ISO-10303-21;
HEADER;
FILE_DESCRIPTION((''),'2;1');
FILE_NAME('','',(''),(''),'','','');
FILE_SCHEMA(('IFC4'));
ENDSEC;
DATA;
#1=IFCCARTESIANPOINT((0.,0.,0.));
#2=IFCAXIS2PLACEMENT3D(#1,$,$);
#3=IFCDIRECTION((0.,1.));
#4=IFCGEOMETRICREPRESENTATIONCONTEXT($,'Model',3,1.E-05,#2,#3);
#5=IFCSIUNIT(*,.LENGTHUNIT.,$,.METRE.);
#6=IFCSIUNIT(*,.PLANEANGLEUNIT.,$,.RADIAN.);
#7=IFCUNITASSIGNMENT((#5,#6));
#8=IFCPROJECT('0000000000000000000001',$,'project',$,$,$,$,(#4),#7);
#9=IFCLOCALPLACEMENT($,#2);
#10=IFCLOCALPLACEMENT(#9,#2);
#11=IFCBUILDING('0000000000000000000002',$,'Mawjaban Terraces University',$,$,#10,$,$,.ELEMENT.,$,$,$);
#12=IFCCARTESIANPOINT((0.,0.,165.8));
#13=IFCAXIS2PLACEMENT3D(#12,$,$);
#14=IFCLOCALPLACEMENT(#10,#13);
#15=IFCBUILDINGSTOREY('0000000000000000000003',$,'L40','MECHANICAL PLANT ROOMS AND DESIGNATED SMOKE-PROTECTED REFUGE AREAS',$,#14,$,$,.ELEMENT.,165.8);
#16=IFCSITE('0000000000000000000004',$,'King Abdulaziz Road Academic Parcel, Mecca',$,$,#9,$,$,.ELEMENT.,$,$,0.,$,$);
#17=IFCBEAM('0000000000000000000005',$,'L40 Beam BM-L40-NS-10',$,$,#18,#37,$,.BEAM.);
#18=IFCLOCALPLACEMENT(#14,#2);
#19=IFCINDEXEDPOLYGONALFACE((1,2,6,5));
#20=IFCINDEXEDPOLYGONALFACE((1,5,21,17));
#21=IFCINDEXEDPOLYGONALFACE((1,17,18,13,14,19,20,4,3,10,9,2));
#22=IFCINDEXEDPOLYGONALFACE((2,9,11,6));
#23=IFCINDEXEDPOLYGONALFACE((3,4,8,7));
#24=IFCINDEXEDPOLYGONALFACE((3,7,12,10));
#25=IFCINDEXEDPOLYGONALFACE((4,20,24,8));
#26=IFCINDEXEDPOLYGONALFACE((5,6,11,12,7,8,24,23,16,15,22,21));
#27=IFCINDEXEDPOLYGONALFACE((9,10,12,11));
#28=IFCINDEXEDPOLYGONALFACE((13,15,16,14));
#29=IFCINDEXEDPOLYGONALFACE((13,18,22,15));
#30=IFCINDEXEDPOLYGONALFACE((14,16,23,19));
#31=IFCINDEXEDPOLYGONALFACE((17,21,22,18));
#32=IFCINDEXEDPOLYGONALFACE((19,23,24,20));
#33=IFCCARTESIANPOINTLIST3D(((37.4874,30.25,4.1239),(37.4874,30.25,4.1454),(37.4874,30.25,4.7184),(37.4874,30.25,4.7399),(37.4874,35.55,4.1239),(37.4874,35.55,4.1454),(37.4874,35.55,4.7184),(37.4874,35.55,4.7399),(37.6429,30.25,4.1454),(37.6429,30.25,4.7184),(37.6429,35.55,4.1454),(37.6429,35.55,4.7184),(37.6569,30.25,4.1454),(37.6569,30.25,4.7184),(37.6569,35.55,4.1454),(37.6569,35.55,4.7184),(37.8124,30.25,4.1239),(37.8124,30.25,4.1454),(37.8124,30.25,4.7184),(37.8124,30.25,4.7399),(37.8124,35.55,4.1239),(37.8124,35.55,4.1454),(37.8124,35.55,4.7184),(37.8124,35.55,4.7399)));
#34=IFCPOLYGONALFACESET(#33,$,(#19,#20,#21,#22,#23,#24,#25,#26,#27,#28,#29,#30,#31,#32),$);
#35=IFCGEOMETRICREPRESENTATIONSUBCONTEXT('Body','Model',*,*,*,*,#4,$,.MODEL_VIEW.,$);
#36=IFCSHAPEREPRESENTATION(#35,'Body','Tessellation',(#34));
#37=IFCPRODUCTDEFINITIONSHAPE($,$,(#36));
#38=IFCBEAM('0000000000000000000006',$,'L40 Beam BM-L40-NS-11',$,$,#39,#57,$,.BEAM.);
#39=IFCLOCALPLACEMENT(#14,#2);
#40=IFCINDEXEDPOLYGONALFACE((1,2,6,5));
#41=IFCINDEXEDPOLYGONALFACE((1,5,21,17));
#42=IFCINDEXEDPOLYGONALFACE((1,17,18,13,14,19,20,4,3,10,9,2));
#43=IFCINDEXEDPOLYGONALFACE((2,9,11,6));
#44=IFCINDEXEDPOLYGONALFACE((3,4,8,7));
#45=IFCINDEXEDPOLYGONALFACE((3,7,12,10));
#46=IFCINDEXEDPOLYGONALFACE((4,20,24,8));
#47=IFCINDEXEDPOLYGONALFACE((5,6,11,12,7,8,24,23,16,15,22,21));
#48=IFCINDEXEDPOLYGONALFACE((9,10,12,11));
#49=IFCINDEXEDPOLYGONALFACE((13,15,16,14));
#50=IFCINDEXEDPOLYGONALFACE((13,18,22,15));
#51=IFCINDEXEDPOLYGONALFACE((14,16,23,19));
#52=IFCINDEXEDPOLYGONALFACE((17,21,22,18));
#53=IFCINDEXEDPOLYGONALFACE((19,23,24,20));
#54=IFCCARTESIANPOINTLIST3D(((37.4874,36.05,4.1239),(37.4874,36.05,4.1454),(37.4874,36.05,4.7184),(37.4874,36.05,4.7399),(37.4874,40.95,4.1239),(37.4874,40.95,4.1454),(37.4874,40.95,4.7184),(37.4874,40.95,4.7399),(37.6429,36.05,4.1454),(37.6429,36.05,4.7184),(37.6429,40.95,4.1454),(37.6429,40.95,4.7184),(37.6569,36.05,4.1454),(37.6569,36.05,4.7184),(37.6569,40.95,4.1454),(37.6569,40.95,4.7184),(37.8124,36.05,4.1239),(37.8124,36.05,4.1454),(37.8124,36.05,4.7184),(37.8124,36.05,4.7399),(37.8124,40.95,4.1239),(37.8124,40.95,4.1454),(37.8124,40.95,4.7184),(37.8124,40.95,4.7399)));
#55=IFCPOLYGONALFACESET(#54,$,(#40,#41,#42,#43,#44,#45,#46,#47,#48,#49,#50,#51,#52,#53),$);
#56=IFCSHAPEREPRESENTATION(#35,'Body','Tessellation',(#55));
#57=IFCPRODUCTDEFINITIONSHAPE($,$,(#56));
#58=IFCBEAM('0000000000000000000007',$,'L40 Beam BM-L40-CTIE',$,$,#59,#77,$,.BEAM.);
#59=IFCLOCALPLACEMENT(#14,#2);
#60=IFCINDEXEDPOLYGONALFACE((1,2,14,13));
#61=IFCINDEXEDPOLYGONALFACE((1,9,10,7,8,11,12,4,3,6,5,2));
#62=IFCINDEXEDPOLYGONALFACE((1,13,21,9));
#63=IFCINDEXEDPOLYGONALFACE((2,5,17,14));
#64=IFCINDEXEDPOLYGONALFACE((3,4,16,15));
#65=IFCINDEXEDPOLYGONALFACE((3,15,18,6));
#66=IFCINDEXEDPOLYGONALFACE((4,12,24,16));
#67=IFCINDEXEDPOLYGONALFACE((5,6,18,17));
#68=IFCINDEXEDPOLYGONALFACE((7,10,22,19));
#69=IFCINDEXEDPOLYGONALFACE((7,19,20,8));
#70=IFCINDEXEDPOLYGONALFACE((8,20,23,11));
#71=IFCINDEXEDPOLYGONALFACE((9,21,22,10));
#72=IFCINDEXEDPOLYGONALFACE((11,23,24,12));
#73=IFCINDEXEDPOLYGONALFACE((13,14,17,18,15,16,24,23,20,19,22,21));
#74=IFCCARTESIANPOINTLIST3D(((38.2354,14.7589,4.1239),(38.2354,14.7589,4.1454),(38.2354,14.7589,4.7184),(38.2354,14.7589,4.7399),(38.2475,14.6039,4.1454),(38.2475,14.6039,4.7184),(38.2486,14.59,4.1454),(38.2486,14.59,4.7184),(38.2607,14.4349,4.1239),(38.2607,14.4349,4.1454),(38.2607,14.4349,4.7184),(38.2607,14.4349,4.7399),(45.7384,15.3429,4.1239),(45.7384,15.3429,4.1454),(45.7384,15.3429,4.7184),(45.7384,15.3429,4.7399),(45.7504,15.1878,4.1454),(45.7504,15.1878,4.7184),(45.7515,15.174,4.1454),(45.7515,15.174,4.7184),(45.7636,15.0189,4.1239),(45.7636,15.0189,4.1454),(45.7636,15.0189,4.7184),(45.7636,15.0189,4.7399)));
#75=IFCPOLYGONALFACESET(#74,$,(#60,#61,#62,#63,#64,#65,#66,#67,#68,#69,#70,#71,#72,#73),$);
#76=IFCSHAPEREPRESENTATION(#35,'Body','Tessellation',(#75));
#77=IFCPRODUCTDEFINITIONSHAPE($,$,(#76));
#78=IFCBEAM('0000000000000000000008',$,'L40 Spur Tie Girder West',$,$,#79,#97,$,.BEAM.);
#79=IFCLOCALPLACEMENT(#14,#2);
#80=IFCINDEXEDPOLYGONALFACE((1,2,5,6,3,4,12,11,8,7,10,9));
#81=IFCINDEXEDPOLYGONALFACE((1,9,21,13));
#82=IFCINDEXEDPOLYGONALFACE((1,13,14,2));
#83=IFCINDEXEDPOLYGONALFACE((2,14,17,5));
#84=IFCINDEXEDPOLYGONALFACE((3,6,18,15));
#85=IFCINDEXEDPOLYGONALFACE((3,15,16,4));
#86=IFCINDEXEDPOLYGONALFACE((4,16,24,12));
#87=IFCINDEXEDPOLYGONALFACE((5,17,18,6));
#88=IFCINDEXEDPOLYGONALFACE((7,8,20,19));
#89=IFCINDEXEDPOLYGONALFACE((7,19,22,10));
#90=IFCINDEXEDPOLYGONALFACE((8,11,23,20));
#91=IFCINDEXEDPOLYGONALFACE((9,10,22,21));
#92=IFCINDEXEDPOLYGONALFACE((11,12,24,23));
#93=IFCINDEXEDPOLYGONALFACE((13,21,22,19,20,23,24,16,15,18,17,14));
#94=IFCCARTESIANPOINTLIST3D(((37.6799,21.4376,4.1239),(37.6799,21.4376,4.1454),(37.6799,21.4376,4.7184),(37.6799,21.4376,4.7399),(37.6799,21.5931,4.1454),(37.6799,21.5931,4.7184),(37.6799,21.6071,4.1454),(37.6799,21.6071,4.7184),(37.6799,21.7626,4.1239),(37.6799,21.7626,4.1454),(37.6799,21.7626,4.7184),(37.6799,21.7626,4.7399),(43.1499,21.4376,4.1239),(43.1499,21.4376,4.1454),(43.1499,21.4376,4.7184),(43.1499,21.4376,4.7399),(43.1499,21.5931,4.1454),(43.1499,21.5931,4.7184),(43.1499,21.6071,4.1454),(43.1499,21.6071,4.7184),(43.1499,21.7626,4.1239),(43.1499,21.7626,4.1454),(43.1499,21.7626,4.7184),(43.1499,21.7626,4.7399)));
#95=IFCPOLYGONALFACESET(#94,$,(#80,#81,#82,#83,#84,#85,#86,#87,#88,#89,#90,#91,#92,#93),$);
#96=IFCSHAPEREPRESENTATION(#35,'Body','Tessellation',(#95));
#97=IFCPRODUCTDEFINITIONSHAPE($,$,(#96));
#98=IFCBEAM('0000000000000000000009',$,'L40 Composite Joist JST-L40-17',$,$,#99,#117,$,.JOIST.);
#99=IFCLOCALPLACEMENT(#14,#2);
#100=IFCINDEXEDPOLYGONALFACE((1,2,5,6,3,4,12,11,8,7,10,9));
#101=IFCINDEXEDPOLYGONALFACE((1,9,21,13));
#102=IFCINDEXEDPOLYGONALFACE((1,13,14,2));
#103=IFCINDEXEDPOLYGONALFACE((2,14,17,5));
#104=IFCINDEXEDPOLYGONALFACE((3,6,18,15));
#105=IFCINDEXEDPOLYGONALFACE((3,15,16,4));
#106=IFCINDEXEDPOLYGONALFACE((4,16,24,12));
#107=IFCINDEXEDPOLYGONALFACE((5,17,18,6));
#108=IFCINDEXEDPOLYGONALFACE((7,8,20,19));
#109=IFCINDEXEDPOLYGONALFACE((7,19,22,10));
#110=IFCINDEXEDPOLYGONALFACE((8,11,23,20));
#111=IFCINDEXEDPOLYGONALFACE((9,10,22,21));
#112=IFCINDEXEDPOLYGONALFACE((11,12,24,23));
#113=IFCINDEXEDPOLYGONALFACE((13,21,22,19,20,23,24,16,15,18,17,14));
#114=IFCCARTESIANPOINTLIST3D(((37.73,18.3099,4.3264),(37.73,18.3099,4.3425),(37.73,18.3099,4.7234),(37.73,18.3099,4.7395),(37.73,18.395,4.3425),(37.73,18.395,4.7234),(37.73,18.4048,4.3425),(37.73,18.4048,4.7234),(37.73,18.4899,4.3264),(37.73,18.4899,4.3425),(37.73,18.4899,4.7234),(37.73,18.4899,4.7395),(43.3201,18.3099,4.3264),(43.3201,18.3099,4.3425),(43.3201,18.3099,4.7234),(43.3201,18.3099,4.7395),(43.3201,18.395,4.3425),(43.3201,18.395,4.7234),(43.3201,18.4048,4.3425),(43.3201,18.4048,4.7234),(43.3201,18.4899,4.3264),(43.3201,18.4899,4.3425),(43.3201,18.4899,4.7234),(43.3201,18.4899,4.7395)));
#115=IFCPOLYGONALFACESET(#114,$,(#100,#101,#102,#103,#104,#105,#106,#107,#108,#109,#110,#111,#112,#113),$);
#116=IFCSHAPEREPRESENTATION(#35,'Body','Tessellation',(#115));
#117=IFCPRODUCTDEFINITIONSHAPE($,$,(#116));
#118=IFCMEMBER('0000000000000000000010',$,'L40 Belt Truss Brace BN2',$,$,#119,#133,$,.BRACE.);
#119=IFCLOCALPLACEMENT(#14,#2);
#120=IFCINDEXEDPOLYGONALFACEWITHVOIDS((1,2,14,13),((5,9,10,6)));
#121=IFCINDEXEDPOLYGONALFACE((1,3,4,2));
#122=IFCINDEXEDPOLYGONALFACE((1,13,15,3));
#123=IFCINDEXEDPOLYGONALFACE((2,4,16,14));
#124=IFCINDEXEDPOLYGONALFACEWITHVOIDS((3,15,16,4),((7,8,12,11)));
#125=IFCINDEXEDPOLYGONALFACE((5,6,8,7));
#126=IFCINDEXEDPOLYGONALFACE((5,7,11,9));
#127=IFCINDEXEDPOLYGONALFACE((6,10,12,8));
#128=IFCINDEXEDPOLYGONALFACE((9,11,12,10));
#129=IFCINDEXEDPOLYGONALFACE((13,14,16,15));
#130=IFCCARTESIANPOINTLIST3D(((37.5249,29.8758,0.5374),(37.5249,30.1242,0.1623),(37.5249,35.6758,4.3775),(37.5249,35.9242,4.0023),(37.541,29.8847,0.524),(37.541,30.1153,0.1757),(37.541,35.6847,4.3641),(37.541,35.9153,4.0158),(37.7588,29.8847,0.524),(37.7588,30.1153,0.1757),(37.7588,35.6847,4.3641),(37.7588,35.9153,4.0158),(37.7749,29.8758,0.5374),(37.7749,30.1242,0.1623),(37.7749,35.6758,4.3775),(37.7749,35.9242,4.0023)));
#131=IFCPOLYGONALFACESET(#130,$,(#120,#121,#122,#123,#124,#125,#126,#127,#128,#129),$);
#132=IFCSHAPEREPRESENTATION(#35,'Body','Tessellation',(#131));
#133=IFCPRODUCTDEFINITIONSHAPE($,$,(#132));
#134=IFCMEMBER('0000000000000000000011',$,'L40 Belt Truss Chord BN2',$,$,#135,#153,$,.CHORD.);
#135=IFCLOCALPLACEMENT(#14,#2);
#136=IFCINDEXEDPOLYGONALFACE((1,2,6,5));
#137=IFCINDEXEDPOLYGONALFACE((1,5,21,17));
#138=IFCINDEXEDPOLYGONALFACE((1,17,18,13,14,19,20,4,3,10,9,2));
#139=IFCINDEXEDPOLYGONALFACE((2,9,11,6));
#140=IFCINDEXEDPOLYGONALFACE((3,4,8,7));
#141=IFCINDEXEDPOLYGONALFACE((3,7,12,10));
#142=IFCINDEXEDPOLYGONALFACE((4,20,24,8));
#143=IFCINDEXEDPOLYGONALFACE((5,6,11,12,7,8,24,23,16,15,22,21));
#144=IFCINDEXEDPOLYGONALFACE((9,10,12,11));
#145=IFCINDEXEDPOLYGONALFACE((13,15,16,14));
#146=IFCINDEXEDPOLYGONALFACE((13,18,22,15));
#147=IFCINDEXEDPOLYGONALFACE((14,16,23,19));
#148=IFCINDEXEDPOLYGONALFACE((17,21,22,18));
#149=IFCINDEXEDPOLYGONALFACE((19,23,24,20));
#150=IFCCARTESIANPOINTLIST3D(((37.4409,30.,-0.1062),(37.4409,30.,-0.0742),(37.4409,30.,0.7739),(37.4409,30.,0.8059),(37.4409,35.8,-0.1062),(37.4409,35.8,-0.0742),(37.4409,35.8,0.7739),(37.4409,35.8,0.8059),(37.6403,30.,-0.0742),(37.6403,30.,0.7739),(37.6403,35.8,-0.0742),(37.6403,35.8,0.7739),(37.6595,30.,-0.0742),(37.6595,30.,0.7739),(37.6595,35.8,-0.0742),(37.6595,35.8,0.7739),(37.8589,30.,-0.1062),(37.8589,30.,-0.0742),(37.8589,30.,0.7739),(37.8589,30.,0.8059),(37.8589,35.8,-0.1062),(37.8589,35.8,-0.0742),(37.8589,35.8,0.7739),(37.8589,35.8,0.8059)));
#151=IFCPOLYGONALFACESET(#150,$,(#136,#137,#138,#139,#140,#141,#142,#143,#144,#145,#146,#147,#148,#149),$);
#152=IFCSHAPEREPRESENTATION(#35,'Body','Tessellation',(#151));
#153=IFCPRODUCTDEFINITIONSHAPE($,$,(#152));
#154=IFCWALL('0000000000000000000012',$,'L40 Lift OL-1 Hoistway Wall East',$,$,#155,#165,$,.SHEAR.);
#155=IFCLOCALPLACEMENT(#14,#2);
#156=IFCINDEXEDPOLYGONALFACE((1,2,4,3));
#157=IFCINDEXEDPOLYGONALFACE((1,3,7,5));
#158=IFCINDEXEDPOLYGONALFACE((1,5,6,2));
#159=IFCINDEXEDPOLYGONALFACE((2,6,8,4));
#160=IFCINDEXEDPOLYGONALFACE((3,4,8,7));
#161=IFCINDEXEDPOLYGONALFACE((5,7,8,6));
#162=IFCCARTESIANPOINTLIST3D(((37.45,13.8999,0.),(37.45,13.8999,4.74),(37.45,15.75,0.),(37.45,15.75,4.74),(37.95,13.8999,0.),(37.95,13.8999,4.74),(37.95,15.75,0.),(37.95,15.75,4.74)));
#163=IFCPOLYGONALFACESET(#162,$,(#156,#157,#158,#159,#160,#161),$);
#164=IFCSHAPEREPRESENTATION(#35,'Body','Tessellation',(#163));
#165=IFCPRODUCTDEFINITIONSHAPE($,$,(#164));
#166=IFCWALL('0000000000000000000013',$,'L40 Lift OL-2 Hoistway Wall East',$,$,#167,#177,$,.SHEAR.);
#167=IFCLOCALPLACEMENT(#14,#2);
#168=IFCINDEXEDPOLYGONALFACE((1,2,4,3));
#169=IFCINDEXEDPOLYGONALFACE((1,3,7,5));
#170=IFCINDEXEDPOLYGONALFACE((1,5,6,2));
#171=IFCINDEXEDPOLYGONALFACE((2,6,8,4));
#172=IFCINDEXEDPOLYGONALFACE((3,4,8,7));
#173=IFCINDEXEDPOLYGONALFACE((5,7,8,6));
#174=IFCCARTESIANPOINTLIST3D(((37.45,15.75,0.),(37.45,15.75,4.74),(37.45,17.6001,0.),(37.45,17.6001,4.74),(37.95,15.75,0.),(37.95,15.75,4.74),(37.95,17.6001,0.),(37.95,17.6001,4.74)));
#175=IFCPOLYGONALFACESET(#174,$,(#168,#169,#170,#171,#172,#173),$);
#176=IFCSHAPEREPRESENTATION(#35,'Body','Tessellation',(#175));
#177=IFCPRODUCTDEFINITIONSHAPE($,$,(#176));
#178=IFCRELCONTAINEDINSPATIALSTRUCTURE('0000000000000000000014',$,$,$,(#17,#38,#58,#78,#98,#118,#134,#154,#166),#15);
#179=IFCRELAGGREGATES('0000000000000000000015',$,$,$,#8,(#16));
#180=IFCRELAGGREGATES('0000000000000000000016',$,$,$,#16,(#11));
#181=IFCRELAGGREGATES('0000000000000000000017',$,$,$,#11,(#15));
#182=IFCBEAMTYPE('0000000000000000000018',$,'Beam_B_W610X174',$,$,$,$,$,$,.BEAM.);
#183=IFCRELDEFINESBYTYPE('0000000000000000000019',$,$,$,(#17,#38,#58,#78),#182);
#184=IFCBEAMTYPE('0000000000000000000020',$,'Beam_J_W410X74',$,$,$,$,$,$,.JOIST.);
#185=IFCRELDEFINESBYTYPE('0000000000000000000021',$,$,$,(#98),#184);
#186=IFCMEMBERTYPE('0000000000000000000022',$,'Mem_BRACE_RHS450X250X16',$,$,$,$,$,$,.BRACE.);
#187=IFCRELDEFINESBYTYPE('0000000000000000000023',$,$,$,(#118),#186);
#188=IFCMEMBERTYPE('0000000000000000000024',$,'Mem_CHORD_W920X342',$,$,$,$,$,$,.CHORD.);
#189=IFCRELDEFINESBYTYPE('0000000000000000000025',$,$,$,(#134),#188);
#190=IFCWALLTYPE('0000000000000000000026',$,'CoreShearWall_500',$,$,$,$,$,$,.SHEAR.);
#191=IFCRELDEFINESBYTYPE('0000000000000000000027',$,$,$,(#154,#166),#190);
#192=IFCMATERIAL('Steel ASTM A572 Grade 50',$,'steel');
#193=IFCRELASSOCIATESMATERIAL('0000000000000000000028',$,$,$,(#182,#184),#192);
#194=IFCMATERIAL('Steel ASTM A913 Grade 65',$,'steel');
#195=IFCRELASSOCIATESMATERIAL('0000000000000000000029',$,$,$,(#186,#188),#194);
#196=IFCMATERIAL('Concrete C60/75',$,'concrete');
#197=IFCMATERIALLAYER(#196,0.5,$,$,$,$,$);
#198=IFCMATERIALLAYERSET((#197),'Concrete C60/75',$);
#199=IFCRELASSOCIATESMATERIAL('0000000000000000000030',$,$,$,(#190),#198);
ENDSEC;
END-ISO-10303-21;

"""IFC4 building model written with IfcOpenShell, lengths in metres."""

from ifc_helpers import new_model, si_unit, direction, frame, frame_2d, origin, origin_2d, place, context, subcontext, project, spatial, rectangle, hollow_rectangle, i_section, extrude, material, layer, layer_set, material_profile, profile_set, type_object, element, save


model = new_model("IFC4")

# Units and contexts
model_context = context("Model", 3, precision=1e-05, world=origin(), true_north=direction((0.0, 1.0)))
body_context = subcontext(model_context, "Body", "Model", "MODEL_VIEW")
ifc_project = project(units=[si_unit("LENGTHUNIT", "METRE"), si_unit("PLANEANGLEUNIT", "RADIAN")], contexts=[model_context])

# Site, building, storey
site_placement = place(None, origin())
site = spatial("IfcSite", under=ifc_project, at=site_placement, Name="King Abdulaziz Road Academic Parcel, Mecca", CompositionType="ELEMENT", RefElevation=0.0)
building_placement = place(site_placement, origin())
building = spatial("IfcBuilding", under=site, at=building_placement, Name="Mawjaban Terraces University", CompositionType="ELEMENT")
storey_placement = place(building_placement, frame((0.0, 0.0, 165.8)))
storey = spatial("IfcBuildingStorey", under=building, at=storey_placement, Name="L40", Description="MECHANICAL PLANT ROOMS AND DESIGNATED SMOKE-PROTECTED REFUGE AREAS", CompositionType="ELEMENT", Elevation=165.8)

# Shared definitions
ifc_material_1 = material(Name="Concrete C60/75", Category="concrete")

# Beams
ifc_material_2 = material(Name="Steel ASTM A572 Grade 50", Category="steel")
ifc_material_profile_1 = material_profile(ifc_material_2, i_section(OverallWidth=0.325, OverallDepth=0.616, WebThickness=0.0139, FlangeThickness=0.0215, at=origin_2d()), Name="W610X174")
ifc_profile_set_1 = profile_set([ifc_material_profile_1], Name="Steel ASTM A572 Grade 50")
beam_type_1 = type_object("IfcBeamType", Name="Beam_B_W610X174", PredefinedType="BEAM", material=ifc_profile_set_1)
beam_1_placement = place(storey_placement, frame((37.6499, 30.25, 4.4319), z_axis=(0.0, 1.0, 0.0), x_axis=(-1.0, 0.0, 0.0)))
element("IfcBeam", 1, at=beam_1_placement, inside=storey, type_object=beam_type_1, Name="L40 Beam BM-L40-NS-10", PredefinedType="BEAM", context=body_context, shape_type="SweptSolid", body=[
    extrude(i_section(OverallWidth=0.325, OverallDepth=0.616, WebThickness=0.0139, FlangeThickness=0.0215, at=origin_2d()), origin(), (0.0, 0.0, 1.0), 5.3),
])
beam_2_placement = place(storey_placement, frame((37.6499, 36.05, 4.4319), z_axis=(0.0, 1.0, 0.0), x_axis=(-1.0, 0.0, 0.0)))
element("IfcBeam", 2, at=beam_2_placement, inside=storey, type_object=beam_type_1, Name="L40 Beam BM-L40-NS-11", PredefinedType="BEAM", context=body_context, shape_type="SweptSolid", body=[
    extrude(i_section(OverallWidth=0.325, OverallDepth=0.616, WebThickness=0.0139, FlangeThickness=0.0215, at=origin_2d()), origin(), (0.0, 0.0, 1.0), 4.8999),
])
beam_3_placement = place(storey_placement, frame((38.248, 14.5969, 4.4319), z_axis=(0.996985, 0.077599, 0.0), x_axis=(-0.077599, 0.996985, 0.0)))
element("IfcBeam", 3, at=beam_3_placement, inside=storey, type_object=beam_type_1, Name="L40 Beam BM-L40-CTIE", PredefinedType="BEAM", context=body_context, shape_type="SweptSolid", body=[
    extrude(i_section(OverallWidth=0.325, OverallDepth=0.616, WebThickness=0.0139, FlangeThickness=0.0215, at=origin_2d()), origin(), (0.0, 0.0, 1.0), 7.5256),
])
beam_4_placement = place(storey_placement, frame((37.6799, 21.6001, 4.4319), z_axis=(1.0, 0.0, 0.0), x_axis=(0.0, 1.0, 0.0)))
element("IfcBeam", 4, at=beam_4_placement, inside=storey, type_object=beam_type_1, Name="L40 Spur Tie Girder West", PredefinedType="BEAM", context=body_context, shape_type="SweptSolid", body=[
    extrude(i_section(OverallWidth=0.325, OverallDepth=0.616, WebThickness=0.0139, FlangeThickness=0.0215, at=origin_2d()), origin(), (0.0, 0.0, 1.0), 5.47),
])
ifc_material_profile_2 = material_profile(ifc_material_2, i_section(OverallWidth=0.1799, OverallDepth=0.4131, WebThickness=0.0098, FlangeThickness=0.0161, at=origin_2d()), Name="W410X74")
ifc_profile_set_2 = profile_set([ifc_material_profile_2], Name="Steel ASTM A572 Grade 50")
beam_type_2 = type_object("IfcBeamType", Name="Beam_J_W410X74", PredefinedType="JOIST", material=ifc_profile_set_2)
beam_5_placement = place(storey_placement, frame((37.73, 18.3999, 4.533), z_axis=(1.0, 0.0, 0.0), x_axis=(0.0, 1.0, 0.0)))
element("IfcBeam", 5, at=beam_5_placement, inside=storey, type_object=beam_type_2, Name="L40 Composite Joist JST-L40-17", PredefinedType="JOIST", context=body_context, shape_type="SweptSolid", body=[
    extrude(i_section(OverallWidth=0.1799, OverallDepth=0.4131, WebThickness=0.0098, FlangeThickness=0.0161, at=origin_2d()), origin(), (0.0, 0.0, 1.0), 5.5901),
])

# Members
ifc_material_3 = material(Name="Steel ASTM A913 Grade 65", Category="steel")
ifc_material_profile_3 = material_profile(ifc_material_3, hollow_rectangle(XDim=0.25, YDim=0.45, WallThickness=0.0161, at=origin_2d()), Name="RHS450X250X16")
ifc_profile_set_3 = profile_set([ifc_material_profile_3], Name="Steel ASTM A913 Grade 65")
member_type_1 = type_object("IfcMemberType", Name="Mem_BRACE_RHS450X250X16", PredefinedType="BRACE", material=ifc_profile_set_3)
member_1_placement = place(storey_placement, frame((37.6499, 30.0, 0.3499), z_axis=(0.0, 0.833812, 0.552049), x_axis=(-1.0, 0.0, 0.0)))
element("IfcMember", 6, at=member_1_placement, inside=storey, type_object=member_type_1, Name="L40 Belt Truss Brace BN2", PredefinedType="BRACE", context=body_context, shape_type="SweptSolid", body=[
    extrude(hollow_rectangle(XDim=0.25, YDim=0.45, WallThickness=0.0161, at=origin_2d()), origin(), (0.0, 0.0, 1.0), 6.9561),
])
ifc_material_profile_4 = material_profile(ifc_material_3, i_section(OverallWidth=0.418, OverallDepth=0.9121, WebThickness=0.0193, FlangeThickness=0.032, at=origin_2d()), Name="W920X342")
ifc_profile_set_4 = profile_set([ifc_material_profile_4], Name="Steel ASTM A913 Grade 65")
member_type_2 = type_object("IfcMemberType", Name="Mem_CHORD_W920X342", PredefinedType="CHORD", material=ifc_profile_set_4)
member_2_placement = place(storey_placement, frame((37.6499, 30.0, 0.3499), z_axis=(0.0, 1.0, 0.0), x_axis=(-1.0, 0.0, 0.0)))
element("IfcMember", 7, at=member_2_placement, inside=storey, type_object=member_type_2, Name="L40 Belt Truss Chord BN2", PredefinedType="CHORD", context=body_context, shape_type="SweptSolid", body=[
    extrude(i_section(OverallWidth=0.418, OverallDepth=0.9121, WebThickness=0.0193, FlangeThickness=0.032, at=origin_2d()), origin(), (0.0, 0.0, 1.0), 5.8),
])

# Walls
ifc_layer_1 = layer(ifc_material_1, 0.5)
ifc_layer_set_1 = layer_set([ifc_layer_1], Name="Concrete C60/75")
wall_type_1 = type_object("IfcWallType", Name="CoreShearWall_500", PredefinedType="SHEAR", material=ifc_layer_set_1)
for number, where, z_axis, x_axis, name in (
    (8, (37.7, 13.8999, 0.0), (0.0, 0.0, 1.0), (0.0, 1.0, 0.0), "L40 Lift OL-1 Hoistway Wall East"),
    (9, (37.7, 15.75, 0.0), (0.0, 0.0, 1.0), (0.0, 1.0, 0.0), "L40 Lift OL-2 Hoistway Wall East"),
):
    element("IfcWall", number, at=place(storey_placement, frame(where, z_axis=z_axis, x_axis=x_axis)), inside=storey, type_object=wall_type_1, Name=name, PredefinedType="SHEAR", context=body_context, shape_type="SweptSolid", body=[
        extrude(rectangle(XDim=1.8501, YDim=0.5, at=frame_2d((0.925, 0.0))), origin(), (0.0, 0.0, 1.0), 4.74),
    ])

save(model, "model.ifc")
